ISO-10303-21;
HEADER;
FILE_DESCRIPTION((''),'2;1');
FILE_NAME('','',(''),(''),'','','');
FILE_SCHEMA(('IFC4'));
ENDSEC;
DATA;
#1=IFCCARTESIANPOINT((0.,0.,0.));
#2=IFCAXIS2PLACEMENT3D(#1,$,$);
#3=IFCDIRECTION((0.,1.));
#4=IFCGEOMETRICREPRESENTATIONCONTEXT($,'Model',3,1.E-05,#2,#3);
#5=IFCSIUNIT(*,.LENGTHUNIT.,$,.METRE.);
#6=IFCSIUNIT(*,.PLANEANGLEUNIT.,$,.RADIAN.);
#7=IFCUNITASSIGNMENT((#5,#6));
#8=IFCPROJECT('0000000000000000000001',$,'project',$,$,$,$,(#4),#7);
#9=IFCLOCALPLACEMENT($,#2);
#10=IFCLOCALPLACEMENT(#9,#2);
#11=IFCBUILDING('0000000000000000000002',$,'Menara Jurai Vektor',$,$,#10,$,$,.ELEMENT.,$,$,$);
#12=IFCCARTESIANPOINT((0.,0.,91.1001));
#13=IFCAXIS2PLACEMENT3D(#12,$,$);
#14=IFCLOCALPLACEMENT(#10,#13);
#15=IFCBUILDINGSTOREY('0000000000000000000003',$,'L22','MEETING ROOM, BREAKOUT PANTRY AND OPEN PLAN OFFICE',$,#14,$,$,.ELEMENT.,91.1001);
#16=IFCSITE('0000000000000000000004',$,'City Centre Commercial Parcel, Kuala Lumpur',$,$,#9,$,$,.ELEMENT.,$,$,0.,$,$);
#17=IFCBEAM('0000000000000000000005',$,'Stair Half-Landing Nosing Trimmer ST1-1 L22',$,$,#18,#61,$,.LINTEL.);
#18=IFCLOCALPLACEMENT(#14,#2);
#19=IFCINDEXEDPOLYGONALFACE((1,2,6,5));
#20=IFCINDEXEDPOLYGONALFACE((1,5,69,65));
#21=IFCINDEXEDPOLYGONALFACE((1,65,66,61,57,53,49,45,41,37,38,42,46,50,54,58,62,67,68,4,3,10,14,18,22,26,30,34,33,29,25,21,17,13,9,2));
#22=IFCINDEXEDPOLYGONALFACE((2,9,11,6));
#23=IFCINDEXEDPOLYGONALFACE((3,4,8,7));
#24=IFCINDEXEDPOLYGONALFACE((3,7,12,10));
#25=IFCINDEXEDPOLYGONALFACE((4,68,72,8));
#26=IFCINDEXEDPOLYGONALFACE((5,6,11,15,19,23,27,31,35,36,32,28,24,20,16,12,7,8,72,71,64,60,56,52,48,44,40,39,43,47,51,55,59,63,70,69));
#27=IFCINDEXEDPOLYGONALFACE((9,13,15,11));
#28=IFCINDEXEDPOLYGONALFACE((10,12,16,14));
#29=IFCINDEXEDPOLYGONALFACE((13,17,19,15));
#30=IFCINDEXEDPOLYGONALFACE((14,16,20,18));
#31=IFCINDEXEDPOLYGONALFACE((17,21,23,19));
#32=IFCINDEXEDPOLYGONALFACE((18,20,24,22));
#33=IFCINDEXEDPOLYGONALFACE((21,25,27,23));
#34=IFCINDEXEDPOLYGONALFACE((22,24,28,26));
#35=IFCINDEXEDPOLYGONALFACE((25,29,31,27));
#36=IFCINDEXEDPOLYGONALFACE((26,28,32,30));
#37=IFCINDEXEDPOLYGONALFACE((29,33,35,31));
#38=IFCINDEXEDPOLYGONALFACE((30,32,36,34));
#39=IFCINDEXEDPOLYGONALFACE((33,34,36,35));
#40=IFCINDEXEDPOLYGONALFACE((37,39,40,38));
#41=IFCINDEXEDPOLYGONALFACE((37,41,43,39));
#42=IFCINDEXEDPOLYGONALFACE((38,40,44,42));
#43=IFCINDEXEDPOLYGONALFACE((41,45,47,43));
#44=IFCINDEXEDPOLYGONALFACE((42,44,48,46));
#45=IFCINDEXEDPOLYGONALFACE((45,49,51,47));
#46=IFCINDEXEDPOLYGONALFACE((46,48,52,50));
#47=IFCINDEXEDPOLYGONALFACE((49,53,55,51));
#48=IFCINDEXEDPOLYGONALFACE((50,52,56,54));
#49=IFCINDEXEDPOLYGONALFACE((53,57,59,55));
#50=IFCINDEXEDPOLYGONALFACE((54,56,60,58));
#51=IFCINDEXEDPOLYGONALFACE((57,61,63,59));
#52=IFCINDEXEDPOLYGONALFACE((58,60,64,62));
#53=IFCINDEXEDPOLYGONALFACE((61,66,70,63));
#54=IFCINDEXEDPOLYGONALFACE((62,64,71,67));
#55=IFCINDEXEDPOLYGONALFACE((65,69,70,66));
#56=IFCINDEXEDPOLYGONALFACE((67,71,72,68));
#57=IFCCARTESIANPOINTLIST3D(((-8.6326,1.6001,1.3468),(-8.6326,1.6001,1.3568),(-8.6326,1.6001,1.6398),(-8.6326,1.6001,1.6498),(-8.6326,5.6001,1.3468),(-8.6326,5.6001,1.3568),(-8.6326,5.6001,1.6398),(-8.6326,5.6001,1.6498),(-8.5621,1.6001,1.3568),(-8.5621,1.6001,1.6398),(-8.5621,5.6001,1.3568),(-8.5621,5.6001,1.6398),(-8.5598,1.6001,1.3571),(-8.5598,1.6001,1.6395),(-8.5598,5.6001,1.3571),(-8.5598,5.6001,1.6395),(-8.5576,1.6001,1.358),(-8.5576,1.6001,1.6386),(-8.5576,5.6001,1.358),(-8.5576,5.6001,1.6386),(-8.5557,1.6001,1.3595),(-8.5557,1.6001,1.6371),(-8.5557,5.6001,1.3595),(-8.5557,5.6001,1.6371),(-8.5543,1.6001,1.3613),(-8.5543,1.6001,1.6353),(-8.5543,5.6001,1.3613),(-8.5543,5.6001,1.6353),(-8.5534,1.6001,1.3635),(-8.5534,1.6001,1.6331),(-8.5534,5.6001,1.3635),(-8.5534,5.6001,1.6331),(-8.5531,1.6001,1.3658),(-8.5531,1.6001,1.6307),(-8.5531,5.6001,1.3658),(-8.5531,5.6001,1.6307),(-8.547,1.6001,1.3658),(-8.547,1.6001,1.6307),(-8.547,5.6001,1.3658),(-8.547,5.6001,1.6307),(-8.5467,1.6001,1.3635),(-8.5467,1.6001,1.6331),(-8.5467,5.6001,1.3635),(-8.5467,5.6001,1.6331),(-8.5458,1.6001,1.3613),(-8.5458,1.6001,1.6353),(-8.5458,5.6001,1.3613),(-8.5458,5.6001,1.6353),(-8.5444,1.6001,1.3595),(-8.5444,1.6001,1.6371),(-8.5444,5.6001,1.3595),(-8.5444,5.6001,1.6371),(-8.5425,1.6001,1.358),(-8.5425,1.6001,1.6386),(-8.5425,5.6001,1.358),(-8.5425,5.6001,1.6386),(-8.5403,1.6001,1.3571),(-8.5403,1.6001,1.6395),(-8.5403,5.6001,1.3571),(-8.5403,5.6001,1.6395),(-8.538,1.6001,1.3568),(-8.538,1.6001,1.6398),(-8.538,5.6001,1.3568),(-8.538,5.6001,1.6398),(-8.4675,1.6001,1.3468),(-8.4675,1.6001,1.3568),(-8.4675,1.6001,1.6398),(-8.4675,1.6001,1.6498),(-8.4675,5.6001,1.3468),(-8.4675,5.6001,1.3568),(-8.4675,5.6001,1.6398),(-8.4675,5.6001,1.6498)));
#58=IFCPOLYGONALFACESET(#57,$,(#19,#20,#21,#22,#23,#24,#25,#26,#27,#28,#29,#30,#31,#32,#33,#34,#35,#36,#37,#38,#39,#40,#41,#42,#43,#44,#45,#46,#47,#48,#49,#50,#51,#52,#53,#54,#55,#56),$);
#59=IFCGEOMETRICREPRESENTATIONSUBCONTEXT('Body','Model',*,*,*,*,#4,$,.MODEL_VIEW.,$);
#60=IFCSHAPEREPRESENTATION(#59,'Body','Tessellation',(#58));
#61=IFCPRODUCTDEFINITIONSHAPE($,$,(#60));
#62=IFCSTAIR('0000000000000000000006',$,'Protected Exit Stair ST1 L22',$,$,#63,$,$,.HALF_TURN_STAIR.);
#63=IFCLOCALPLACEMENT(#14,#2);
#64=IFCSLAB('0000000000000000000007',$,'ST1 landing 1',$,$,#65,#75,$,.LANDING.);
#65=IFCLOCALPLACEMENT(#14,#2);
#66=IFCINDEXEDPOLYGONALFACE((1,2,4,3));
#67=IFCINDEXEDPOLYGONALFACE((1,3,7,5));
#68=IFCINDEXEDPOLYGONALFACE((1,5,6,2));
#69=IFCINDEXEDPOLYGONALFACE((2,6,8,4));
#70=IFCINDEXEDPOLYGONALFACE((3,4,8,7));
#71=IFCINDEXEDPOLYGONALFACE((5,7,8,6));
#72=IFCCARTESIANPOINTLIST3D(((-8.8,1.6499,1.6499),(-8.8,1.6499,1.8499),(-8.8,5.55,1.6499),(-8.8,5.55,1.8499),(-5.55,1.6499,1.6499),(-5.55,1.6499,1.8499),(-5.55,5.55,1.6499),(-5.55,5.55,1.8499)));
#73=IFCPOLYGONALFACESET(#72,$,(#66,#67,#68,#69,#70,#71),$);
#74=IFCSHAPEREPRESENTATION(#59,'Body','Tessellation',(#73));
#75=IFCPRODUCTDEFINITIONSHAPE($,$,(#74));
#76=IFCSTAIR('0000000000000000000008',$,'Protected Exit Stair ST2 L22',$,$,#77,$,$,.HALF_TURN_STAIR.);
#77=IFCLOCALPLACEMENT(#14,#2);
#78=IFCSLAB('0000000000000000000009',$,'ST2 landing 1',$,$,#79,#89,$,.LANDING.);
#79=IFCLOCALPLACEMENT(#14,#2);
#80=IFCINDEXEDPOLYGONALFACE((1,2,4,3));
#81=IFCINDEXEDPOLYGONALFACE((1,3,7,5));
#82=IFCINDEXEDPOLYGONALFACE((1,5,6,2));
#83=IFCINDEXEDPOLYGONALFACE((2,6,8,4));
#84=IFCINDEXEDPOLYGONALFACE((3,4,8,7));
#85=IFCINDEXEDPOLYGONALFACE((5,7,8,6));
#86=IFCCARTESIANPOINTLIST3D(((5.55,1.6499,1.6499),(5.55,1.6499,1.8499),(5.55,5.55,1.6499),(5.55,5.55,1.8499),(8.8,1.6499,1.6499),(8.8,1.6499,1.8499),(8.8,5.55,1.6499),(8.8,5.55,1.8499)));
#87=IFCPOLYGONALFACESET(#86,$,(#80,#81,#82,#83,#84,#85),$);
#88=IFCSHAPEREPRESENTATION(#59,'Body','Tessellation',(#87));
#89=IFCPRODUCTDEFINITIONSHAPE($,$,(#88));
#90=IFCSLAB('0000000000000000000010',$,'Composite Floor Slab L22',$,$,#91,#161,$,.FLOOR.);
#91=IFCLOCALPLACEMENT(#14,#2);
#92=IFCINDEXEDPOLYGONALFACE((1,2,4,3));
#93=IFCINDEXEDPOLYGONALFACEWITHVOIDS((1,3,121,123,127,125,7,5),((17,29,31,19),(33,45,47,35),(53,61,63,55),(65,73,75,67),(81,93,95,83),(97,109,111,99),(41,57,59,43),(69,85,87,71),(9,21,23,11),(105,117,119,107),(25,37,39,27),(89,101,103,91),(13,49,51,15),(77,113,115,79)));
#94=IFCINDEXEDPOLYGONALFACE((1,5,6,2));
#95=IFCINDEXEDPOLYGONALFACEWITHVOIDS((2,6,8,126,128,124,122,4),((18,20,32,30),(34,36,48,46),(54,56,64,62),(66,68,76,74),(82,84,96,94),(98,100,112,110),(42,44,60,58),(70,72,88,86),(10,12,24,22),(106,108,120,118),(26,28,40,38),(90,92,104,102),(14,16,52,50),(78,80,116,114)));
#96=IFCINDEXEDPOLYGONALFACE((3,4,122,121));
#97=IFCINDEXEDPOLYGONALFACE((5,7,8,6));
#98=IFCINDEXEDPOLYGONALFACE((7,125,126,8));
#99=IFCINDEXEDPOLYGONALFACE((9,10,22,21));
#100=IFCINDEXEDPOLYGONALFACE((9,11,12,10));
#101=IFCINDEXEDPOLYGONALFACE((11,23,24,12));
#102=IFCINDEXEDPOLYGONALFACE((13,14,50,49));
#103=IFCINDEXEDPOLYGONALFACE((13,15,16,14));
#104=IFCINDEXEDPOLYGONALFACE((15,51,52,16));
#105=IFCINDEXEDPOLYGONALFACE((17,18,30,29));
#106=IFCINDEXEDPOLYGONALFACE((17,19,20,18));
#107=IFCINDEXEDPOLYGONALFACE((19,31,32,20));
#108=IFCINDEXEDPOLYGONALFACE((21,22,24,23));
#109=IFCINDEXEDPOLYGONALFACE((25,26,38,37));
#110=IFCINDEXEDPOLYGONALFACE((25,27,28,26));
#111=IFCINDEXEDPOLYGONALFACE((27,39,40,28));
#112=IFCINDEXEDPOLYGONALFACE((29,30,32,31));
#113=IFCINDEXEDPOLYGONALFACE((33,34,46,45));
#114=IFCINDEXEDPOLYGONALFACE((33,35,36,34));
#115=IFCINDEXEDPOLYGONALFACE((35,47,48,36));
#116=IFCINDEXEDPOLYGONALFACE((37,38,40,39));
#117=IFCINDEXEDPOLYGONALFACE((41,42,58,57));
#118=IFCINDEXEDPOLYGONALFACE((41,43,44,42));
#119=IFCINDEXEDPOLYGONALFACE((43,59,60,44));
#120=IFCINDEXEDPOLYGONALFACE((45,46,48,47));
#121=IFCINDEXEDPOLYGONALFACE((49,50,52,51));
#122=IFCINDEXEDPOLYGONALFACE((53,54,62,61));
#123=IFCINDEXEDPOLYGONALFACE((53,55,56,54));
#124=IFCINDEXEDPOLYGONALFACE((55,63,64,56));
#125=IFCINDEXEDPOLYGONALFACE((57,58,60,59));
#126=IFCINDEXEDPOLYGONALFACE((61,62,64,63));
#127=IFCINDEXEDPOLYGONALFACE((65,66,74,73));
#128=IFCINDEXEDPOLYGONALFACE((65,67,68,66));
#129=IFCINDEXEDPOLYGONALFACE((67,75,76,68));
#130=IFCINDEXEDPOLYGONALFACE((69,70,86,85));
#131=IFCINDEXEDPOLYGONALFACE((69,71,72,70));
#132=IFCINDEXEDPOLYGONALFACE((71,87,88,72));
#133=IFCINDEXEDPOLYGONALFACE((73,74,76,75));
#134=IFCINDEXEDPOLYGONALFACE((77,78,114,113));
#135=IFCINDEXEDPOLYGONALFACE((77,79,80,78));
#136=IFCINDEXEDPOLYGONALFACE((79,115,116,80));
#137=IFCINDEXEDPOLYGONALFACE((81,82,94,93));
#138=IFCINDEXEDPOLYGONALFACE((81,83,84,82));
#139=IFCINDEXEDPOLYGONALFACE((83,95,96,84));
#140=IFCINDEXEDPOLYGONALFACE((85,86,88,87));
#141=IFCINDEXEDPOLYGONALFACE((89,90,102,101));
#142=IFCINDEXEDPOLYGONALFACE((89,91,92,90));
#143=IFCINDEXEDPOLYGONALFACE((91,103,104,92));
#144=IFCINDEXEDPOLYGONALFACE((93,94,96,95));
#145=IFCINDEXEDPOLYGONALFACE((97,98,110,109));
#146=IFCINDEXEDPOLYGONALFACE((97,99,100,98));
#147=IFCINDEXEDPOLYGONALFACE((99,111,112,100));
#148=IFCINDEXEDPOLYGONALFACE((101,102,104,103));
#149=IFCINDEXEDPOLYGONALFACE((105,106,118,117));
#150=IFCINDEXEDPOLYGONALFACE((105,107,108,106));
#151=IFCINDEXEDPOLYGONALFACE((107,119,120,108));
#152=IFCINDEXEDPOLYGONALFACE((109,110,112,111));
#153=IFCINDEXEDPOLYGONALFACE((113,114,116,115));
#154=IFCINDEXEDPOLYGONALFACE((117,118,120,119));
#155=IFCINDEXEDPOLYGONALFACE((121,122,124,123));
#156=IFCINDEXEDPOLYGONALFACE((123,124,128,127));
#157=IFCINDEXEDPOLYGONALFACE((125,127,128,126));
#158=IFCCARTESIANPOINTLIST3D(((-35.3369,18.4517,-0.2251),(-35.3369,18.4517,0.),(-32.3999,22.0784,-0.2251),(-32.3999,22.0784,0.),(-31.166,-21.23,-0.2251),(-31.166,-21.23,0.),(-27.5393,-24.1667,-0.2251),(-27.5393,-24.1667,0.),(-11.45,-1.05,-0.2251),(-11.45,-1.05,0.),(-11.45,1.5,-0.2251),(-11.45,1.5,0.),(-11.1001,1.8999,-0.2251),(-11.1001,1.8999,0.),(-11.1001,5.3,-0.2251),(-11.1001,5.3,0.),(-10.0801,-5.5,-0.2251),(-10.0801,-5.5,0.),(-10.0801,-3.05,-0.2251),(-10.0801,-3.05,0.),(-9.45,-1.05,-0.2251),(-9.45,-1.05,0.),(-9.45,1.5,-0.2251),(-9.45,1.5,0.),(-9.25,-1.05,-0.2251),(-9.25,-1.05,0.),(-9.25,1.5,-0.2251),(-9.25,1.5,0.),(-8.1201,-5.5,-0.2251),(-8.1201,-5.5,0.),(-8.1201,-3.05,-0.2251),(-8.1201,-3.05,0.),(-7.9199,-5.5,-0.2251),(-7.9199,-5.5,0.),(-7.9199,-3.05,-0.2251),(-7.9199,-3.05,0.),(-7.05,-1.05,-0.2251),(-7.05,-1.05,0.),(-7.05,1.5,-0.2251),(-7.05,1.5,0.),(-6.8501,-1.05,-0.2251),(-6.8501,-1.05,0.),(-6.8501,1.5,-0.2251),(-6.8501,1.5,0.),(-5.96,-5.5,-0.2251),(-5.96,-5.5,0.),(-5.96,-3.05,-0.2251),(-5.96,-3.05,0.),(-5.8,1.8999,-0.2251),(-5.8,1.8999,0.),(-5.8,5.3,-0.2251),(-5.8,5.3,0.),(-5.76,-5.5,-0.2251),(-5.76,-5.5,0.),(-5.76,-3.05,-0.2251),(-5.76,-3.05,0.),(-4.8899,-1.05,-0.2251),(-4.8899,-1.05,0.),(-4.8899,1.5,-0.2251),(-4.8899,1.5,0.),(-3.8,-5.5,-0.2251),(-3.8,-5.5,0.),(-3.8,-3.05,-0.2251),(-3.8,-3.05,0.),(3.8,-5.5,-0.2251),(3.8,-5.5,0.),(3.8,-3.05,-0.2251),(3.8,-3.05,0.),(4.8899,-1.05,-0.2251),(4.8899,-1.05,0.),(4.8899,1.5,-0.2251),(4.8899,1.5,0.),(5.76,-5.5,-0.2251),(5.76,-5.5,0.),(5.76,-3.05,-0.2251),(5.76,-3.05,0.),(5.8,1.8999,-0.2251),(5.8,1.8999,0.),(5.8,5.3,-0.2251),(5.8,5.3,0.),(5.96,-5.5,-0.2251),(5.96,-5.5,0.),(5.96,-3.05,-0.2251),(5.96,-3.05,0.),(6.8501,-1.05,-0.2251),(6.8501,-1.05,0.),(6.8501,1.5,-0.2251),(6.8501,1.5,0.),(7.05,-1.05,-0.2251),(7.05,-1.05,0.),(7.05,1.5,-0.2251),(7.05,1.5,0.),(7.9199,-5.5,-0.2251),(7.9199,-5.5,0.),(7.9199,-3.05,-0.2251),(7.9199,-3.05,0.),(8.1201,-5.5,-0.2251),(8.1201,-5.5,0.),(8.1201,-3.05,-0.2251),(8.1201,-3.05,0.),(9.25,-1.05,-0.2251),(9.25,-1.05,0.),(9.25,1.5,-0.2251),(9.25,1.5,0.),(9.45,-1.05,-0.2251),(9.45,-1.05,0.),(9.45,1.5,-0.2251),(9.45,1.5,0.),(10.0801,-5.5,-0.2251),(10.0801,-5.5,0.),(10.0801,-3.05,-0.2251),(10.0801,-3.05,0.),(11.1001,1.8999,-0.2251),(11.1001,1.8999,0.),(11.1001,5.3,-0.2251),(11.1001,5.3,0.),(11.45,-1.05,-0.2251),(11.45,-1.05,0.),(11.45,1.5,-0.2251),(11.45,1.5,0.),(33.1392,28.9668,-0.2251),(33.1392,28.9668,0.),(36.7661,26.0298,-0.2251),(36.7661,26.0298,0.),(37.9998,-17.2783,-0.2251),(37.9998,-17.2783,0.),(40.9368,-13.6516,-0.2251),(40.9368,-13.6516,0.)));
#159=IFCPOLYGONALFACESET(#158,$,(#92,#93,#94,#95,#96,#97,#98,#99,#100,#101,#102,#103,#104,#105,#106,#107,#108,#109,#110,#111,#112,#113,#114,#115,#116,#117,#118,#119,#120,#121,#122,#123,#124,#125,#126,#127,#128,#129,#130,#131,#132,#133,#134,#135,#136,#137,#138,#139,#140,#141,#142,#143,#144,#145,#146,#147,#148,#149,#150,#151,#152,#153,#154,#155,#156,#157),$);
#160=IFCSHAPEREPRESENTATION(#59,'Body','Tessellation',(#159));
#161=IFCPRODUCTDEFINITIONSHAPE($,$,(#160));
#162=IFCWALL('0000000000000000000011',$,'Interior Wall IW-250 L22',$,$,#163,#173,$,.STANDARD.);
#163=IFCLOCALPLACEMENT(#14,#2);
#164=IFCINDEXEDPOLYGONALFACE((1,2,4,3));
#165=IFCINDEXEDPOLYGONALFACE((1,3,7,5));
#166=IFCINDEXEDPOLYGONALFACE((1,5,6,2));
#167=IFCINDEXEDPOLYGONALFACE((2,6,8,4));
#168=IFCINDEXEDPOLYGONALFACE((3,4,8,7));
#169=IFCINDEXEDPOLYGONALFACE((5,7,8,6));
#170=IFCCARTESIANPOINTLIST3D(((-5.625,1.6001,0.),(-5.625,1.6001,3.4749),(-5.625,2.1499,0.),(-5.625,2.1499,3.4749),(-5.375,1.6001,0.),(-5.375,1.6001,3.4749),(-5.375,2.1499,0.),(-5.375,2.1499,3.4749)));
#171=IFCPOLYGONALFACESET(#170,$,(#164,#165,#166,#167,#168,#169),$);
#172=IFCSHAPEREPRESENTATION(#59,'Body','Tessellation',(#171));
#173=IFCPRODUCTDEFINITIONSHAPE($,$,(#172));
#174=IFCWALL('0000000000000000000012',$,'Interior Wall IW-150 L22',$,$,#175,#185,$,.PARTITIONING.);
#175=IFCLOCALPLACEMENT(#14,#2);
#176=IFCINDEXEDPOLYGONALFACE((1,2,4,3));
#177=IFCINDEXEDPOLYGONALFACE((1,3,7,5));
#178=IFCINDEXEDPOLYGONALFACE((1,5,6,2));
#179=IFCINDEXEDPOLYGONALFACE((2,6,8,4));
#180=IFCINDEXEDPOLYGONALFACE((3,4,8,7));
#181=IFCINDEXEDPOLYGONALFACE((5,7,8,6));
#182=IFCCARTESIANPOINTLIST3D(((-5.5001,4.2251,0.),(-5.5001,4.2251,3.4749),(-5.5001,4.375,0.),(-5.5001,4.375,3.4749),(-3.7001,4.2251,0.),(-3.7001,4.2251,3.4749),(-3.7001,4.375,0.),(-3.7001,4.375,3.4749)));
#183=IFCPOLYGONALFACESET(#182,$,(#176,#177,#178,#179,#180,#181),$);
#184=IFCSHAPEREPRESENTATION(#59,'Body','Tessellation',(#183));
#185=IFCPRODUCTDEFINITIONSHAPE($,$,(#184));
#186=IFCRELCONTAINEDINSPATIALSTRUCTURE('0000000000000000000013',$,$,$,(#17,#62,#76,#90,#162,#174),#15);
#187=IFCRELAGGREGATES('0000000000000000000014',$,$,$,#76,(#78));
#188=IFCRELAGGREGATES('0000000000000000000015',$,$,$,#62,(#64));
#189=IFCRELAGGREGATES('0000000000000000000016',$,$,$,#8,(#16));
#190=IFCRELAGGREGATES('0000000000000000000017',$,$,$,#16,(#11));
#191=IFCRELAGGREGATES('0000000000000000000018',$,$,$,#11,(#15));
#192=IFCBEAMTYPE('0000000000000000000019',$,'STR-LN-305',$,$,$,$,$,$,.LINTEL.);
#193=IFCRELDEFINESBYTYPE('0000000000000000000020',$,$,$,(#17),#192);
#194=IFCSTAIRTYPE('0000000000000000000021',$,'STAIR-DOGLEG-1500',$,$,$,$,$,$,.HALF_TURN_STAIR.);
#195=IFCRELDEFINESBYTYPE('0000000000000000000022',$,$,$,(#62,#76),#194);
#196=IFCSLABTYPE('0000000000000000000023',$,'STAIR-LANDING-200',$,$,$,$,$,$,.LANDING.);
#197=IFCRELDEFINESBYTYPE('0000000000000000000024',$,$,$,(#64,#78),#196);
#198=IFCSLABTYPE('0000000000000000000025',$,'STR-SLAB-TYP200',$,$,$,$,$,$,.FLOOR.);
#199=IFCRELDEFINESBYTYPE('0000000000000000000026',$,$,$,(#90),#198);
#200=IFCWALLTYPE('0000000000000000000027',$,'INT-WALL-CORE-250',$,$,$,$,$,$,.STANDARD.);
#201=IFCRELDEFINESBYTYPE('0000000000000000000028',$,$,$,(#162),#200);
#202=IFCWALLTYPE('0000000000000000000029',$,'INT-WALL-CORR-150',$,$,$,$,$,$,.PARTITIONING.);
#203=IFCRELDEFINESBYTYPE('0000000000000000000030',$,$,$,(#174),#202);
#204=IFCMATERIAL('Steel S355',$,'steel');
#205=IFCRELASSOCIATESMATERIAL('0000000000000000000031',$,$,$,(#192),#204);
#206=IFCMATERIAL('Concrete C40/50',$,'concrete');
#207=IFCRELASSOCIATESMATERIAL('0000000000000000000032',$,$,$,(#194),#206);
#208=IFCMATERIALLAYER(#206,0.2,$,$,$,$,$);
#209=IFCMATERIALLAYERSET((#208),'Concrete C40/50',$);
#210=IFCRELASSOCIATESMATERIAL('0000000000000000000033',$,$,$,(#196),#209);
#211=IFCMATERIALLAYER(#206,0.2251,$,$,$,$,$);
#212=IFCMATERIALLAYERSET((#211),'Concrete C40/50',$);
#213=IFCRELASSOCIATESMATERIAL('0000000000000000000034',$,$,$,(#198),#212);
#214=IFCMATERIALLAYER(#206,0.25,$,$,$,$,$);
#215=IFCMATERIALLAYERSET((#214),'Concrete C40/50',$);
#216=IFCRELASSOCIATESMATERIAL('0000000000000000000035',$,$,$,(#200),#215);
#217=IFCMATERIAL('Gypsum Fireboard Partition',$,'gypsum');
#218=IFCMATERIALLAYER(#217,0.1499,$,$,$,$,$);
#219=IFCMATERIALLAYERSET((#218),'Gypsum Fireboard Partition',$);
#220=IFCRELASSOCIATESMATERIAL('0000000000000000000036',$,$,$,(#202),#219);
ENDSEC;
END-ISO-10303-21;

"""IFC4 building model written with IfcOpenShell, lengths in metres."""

from ifc_helpers import new_model, si_unit, direction, frame, frame_2d, origin, origin_2d, place, context, subcontext, project, spatial, polyline, rectangle, i_section, outline, extrude, material, layer, layer_set, material_profile, profile_set, type_object, element, aggregate, save


model = new_model("IFC4")

# Units and contexts
model_context = context("Model", 3, precision=1e-05, world=origin(), true_north=direction((0.0, 1.0)))
body_context = subcontext(model_context, "Body", "Model", "MODEL_VIEW")
ifc_project = project(units=[si_unit("LENGTHUNIT", "METRE"), si_unit("PLANEANGLEUNIT", "RADIAN")], contexts=[model_context])

# Site, building, storey
site_placement = place(None, origin())
site = spatial("IfcSite", under=ifc_project, at=site_placement, Name="City Centre Commercial Parcel, Kuala Lumpur", CompositionType="ELEMENT", RefElevation=0.0)
building_placement = place(site_placement, origin())
building = spatial("IfcBuilding", under=site, at=building_placement, Name="Menara Jurai Vektor", CompositionType="ELEMENT")
storey_placement = place(building_placement, frame((0.0, 0.0, 91.1001)))
storey = spatial("IfcBuildingStorey", under=building, at=storey_placement, Name="L22", Description="MEETING ROOM, BREAKOUT PANTRY AND OPEN PLAN OFFICE", CompositionType="ELEMENT", Elevation=91.1001)

# Shared definitions
ifc_material_1 = material(Name="Steel S355", Category="steel")

# Beam
ifc_material_profile_1 = material_profile(ifc_material_1, i_section(OverallWidth=0.165, OverallDepth=0.303, WebThickness=0.0061, FlangeThickness=0.01, FilletRadius=0.009, at=origin_2d()), Name="UKB 305x165x40")
ifc_profile_set_1 = profile_set([ifc_material_profile_1], Name="Steel S355")
beam_type_1 = type_object("IfcBeamType", Name="STR-LN-305", PredefinedType="LINTEL", material=ifc_profile_set_1)
beam_1_placement = place(storey_placement, frame((-8.55, 1.6001, 1.4983), z_axis=(0.0, 1.0, 0.0), x_axis=(-1.0, 0.0, 0.0)))
element("IfcBeam", 1, at=beam_1_placement, inside=storey, type_object=beam_type_1, Name="Stair Half-Landing Nosing Trimmer ST1-1 L22", PredefinedType="LINTEL", context=body_context, shape_type="SweptSolid", body=[
    extrude(i_section(OverallWidth=0.165, OverallDepth=0.303, WebThickness=0.0061, FlangeThickness=0.01, FilletRadius=0.009, at=origin_2d()), origin(), (0.0, 0.0, 1.0), 4.0),
])

# Stairs, slabs
ifc_material_2 = material(Name="Concrete C40/50", Category="concrete")
stair_type = type_object("IfcStairType", Name="STAIR-DOGLEG-1500", PredefinedType="HALF_TURN_STAIR", material=ifc_material_2)
stair_1_placement = place(storey_placement, origin())
stair_1 = element("IfcStair", 2, at=stair_1_placement, inside=storey, type_object=stair_type, Name="Protected Exit Stair ST1 L22", PredefinedType="HALF_TURN_STAIR")
ifc_layer_1 = layer(ifc_material_2, 0.2)
ifc_layer_set_1 = layer_set([ifc_layer_1], Name="Concrete C40/50")
slab_type_1 = type_object("IfcSlabType", Name="STAIR-LANDING-200", PredefinedType="LANDING", material=ifc_layer_set_1)
slab_1_placement = place(storey_placement, frame((0.0, 0.0, 1.6499)))
slab_1 = element("IfcSlab", 3, at=slab_1_placement, type_object=slab_type_1, Name="ST1 landing 1", PredefinedType="LANDING", context=body_context, shape_type="SweptSolid", body=[
    extrude(outline(polyline([(-8.8, 1.6499), (-5.55, 1.6499), (-5.55, 5.55), (-8.8, 5.55), (-8.8, 1.6499)])), origin(), (0.0, 0.0, 1.0), 0.2),
])
stair_2_placement = place(storey_placement, origin())
stair_2 = element("IfcStair", 4, at=stair_2_placement, inside=storey, type_object=stair_type, Name="Protected Exit Stair ST2 L22", PredefinedType="HALF_TURN_STAIR")
slab_2_placement = place(storey_placement, frame((0.0, 0.0, 1.6499)))
slab_2 = element("IfcSlab", 5, at=slab_2_placement, type_object=slab_type_1, Name="ST2 landing 1", PredefinedType="LANDING", context=body_context, shape_type="SweptSolid", body=[
    extrude(outline(polyline([(5.55, 1.6499), (8.8, 1.6499), (8.8, 5.55), (5.55, 5.55), (5.55, 1.6499)])), origin(), (0.0, 0.0, 1.0), 0.2),
])
aggregate(stair_2, [slab_2])

# Slab
ifc_layer_2 = layer(ifc_material_2, 0.2251)
ifc_layer_set_2 = layer_set([ifc_layer_2], Name="Concrete C40/50")
slab_type_2 = type_object("IfcSlabType", Name="STR-SLAB-TYP200", PredefinedType="FLOOR", material=ifc_layer_set_2)
slab_3_placement = place(storey_placement, frame((0.0, 0.0, -0.2251)))
element("IfcSlab", 6, at=slab_3_placement, inside=storey, type_object=slab_type_2, Name="Composite Floor Slab L22", PredefinedType="FLOOR", context=body_context, shape_type="SweptSolid", body=[
    extrude(outline(polyline([(-27.5393, -24.1667), (37.9998, -17.2783), (40.9368, -13.6516), (36.7661, 26.0298), (33.1392, 28.9668), (-32.3999, 22.0784), (-35.3369, 18.4517), (-31.166, -21.23), (-27.5393, -24.1667)]), holes=[polyline([(-11.1001, 1.8999), (-11.1001, 5.3), (-5.8, 5.3), (-5.8, 1.8999), (-11.1001, 1.8999)]), polyline([(5.8, 1.8999), (5.8, 5.3), (11.1001, 5.3), (11.1001, 1.8999), (5.8, 1.8999)]), polyline([(-11.45, -1.05), (-11.45, 1.5), (-9.45, 1.5), (-9.45, -1.05), (-11.45, -1.05)]), polyline([(9.45, -1.05), (9.45, 1.5), (11.45, 1.5), (11.45, -1.05), (9.45, -1.05)]), polyline([(-5.76, -5.5), (-5.76, -3.05), (-3.8, -3.05), (-3.8, -5.5), (-5.76, -5.5)]), polyline([(-6.8501, -1.05), (-6.8501, 1.5), (-4.8899, 1.5), (-4.8899, -1.05), (-6.8501, -1.05)]), polyline([(3.8, -5.5), (3.8, -3.05), (5.76, -3.05), (5.76, -5.5), (3.8, -5.5)]), polyline([(4.8899, -1.05), (4.8899, 1.5), (6.8501, 1.5), (6.8501, -1.05), (4.8899, -1.05)]), polyline([(-10.0801, -5.5), (-10.0801, -3.05), (-8.1201, -3.05), (-8.1201, -5.5), (-10.0801, -5.5)]), polyline([(-7.9199, -5.5), (-7.9199, -3.05), (-5.96, -3.05), (-5.96, -5.5), (-7.9199, -5.5)]), polyline([(5.96, -5.5), (5.96, -3.05), (7.9199, -3.05), (7.9199, -5.5), (5.96, -5.5)]), polyline([(8.1201, -5.5), (8.1201, -3.05), (10.0801, -3.05), (10.0801, -5.5), (8.1201, -5.5)]), polyline([(-9.25, -1.05), (-9.25, 1.5), (-7.05, 1.5), (-7.05, -1.05), (-9.25, -1.05)]), polyline([(7.05, -1.05), (7.05, 1.5), (9.25, 1.5), (9.25, -1.05), (7.05, -1.05)])]), origin(), (0.0, 0.0, 1.0), 0.2251),
])

# Shared definitions
ifc_layer_3 = layer(ifc_material_2, 0.25)
ifc_layer_set_3 = layer_set([ifc_layer_3], Name="Concrete C40/50")
wall_type_1 = type_object("IfcWallType", Name="INT-WALL-CORE-250", PredefinedType="STANDARD", material=ifc_layer_set_3)

# Walls
wall_1_placement = place(storey_placement, frame((-5.5, 1.6001, 0.0), z_axis=(0.0, 0.0, 1.0), x_axis=(0.0, 1.0, 0.0)))
element("IfcWall", 7, at=wall_1_placement, inside=storey, type_object=wall_type_1, Name="Interior Wall IW-250 L22", PredefinedType="STANDARD", context=body_context, shape_type="SweptSolid", body=[
    extrude(rectangle(XDim=0.5498, YDim=0.25, at=frame_2d((0.2749, 0.0))), origin(), (0.0, 0.0, 1.0), 3.4749),
])
ifc_material_3 = material(Name="Gypsum Fireboard Partition", Category="gypsum")
ifc_layer_4 = layer(ifc_material_3, 0.1499)
ifc_layer_set_4 = layer_set([ifc_layer_4], Name="Gypsum Fireboard Partition")
wall_type_2 = type_object("IfcWallType", Name="INT-WALL-CORR-150", PredefinedType="PARTITIONING", material=ifc_layer_set_4)
wall_2_placement = place(storey_placement, frame((-5.5, 4.3, 0.0), z_axis=(0.0, 0.0, 1.0), x_axis=(1.0, 0.0, 0.0)))
element("IfcWall", 8, at=wall_2_placement, inside=storey, type_object=wall_type_2, Name="Interior Wall IW-150 L22", PredefinedType="PARTITIONING", context=body_context, shape_type="SweptSolid", body=[
    extrude(rectangle(XDim=1.8, YDim=0.1499, at=frame_2d((0.8999, 0.0))), origin(), (0.0, 0.0, 1.0), 3.4749),
])

aggregate(stair_1, [slab_1])

save(model, "model.ifc")
